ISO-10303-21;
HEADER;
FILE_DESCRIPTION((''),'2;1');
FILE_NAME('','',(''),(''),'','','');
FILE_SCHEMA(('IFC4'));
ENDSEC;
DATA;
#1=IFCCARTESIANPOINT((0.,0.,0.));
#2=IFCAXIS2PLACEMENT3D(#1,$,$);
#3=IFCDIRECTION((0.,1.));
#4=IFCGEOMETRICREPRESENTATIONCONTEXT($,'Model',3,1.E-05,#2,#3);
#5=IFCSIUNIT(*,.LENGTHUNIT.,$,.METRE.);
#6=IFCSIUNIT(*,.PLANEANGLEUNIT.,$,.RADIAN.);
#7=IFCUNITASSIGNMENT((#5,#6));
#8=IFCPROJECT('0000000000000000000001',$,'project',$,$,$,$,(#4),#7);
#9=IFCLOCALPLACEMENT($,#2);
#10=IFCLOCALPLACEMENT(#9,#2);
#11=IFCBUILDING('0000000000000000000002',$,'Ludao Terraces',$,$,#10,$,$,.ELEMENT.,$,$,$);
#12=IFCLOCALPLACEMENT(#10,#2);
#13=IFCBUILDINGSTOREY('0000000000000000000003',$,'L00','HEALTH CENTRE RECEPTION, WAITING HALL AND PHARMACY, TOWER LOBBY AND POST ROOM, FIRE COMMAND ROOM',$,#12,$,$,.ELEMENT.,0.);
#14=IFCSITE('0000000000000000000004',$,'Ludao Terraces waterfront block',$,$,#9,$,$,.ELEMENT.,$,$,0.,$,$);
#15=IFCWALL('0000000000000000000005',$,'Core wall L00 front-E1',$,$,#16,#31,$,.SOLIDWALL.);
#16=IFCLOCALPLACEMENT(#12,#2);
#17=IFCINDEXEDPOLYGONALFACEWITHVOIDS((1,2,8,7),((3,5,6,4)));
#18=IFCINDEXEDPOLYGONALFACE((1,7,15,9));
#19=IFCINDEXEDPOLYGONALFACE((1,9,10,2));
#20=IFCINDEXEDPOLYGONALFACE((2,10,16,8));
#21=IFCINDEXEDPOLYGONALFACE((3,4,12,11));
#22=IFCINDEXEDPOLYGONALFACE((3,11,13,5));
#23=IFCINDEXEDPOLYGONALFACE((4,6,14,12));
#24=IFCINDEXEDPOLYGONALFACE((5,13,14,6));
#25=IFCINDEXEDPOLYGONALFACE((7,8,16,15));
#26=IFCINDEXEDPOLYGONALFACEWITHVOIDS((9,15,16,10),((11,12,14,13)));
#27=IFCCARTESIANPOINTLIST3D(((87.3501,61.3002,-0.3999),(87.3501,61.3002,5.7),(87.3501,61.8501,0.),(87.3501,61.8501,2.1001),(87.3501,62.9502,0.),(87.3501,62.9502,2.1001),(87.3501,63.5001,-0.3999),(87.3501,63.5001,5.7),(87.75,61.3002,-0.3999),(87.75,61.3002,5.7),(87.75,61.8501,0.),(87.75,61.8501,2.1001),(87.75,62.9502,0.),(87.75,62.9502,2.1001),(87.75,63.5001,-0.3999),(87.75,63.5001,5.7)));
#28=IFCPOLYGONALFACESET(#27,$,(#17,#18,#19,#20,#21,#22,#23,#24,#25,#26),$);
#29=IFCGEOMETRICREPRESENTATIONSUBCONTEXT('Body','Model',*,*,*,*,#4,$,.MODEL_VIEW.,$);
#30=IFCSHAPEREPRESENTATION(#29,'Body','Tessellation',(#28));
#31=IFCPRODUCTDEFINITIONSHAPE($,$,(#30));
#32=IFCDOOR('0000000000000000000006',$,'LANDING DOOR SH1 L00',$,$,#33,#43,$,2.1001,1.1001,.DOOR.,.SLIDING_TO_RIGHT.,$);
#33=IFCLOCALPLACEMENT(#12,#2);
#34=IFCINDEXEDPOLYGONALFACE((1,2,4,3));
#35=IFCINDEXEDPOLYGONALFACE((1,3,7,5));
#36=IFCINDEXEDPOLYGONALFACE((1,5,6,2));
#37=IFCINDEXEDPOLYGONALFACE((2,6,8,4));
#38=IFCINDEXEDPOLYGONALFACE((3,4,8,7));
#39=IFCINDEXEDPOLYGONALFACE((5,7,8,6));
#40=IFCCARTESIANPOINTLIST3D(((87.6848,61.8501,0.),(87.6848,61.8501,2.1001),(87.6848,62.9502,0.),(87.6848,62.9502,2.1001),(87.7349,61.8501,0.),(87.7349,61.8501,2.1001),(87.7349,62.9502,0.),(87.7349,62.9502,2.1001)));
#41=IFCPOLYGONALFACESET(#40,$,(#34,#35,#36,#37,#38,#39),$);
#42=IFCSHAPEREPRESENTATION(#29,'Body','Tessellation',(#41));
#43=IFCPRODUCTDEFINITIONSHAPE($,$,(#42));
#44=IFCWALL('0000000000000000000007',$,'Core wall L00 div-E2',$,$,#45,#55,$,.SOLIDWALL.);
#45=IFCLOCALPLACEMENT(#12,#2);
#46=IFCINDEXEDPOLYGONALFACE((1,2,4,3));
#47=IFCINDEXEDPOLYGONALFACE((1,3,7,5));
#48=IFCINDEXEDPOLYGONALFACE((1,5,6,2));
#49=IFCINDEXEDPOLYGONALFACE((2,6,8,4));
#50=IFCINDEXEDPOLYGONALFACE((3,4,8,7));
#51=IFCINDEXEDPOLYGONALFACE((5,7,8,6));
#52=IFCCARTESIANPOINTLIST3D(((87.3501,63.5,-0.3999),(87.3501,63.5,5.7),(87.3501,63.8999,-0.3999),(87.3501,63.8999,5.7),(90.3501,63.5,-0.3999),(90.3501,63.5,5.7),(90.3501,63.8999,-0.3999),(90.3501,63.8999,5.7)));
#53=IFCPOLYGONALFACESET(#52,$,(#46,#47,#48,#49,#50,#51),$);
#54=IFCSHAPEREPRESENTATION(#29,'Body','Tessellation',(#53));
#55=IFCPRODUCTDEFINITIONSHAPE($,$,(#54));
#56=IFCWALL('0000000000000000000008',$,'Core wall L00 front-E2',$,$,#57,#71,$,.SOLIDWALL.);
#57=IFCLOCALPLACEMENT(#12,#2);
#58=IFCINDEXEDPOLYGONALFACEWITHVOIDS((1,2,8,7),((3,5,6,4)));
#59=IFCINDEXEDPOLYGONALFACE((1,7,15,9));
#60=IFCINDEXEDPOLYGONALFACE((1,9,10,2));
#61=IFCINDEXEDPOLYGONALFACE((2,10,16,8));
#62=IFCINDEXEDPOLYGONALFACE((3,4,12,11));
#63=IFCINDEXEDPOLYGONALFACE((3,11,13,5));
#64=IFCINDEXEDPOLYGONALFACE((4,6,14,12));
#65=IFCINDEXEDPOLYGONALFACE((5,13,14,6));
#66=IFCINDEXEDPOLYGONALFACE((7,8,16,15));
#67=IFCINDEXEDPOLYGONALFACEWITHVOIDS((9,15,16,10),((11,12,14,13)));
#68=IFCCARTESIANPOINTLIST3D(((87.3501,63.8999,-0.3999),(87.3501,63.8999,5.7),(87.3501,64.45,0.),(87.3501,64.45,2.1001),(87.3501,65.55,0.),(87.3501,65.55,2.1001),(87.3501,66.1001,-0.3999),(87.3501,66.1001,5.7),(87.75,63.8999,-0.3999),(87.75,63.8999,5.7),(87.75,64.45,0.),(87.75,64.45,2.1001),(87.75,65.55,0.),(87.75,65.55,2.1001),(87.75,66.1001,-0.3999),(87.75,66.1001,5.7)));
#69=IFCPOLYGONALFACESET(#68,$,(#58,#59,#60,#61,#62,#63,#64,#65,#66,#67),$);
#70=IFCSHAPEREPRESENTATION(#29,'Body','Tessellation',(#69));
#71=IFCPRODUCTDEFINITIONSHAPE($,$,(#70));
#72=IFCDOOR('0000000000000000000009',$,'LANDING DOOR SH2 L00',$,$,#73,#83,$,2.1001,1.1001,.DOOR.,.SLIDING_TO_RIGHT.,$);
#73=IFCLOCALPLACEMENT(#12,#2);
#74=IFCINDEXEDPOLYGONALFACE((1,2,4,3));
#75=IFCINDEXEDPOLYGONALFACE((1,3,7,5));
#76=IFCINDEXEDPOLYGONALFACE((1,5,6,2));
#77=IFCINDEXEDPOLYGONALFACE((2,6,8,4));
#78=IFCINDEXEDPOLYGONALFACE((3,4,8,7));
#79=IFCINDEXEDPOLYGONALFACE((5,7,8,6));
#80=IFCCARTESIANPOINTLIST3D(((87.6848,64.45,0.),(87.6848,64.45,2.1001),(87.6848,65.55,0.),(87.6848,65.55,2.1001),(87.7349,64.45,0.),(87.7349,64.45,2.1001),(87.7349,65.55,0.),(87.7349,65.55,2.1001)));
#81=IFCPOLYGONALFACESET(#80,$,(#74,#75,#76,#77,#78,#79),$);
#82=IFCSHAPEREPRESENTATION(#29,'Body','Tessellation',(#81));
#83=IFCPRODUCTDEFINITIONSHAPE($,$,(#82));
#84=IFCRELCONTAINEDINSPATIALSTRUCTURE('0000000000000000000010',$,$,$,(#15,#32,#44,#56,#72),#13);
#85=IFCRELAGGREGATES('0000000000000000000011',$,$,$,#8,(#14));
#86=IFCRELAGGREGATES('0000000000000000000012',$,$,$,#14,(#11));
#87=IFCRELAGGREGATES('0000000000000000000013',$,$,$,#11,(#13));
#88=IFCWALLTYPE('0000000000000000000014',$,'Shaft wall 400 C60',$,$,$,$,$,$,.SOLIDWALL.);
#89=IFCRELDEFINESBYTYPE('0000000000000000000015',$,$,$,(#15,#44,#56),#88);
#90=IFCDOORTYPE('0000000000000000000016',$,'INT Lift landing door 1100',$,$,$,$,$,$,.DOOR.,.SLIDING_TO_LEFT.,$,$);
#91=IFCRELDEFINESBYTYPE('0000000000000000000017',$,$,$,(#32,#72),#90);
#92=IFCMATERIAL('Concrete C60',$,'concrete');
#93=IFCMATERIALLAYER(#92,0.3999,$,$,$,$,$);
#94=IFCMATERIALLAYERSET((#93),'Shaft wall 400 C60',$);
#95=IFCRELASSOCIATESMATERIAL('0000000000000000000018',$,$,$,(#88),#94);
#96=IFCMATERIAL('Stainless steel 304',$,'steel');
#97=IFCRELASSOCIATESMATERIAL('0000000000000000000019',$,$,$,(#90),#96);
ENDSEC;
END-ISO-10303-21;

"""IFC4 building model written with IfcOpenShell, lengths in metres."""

from ifc_helpers import new_model, si_unit, direction, frame, frame_2d, origin, place, context, subcontext, project, spatial, rectangle, extrude, material, layer, layer_set, type_object, element, fill, save


model = new_model("IFC4")

# Units and contexts
model_context = context("Model", 3, precision=1e-05, world=origin(), true_north=direction((0.0, 1.0)))
body_context = subcontext(model_context, "Body", "Model", "MODEL_VIEW")
ifc_project = project(units=[si_unit("LENGTHUNIT", "METRE"), si_unit("PLANEANGLEUNIT", "RADIAN")], contexts=[model_context])

# Site, building, storey
site_placement = place(None, origin())
site = spatial("IfcSite", under=ifc_project, at=site_placement, Name="Ludao Terraces waterfront block", CompositionType="ELEMENT", RefElevation=0.0)
building_placement = place(site_placement, origin())
building = spatial("IfcBuilding", under=site, at=building_placement, Name="Ludao Terraces", CompositionType="ELEMENT")
storey_placement = place(building_placement, origin())
storey = spatial("IfcBuildingStorey", under=building, at=storey_placement, Name="L00", Description="HEALTH CENTRE RECEPTION, WAITING HALL AND PHARMACY, TOWER LOBBY AND POST ROOM, FIRE COMMAND ROOM", CompositionType="ELEMENT", Elevation=0.0)

# Shared definitions
ifc_material_1 = material(Name="Concrete C60", Category="concrete")
ifc_layer_1 = layer(ifc_material_1, 0.3999)
ifc_layer_set_1 = layer_set([ifc_layer_1], Name="Shaft wall 400 C60")
wall_type_1 = type_object("IfcWallType", Name="Shaft wall 400 C60", PredefinedType="SOLIDWALL", material=ifc_layer_set_1)

# Shared definitions
ifc_material_2 = material(Name="Stainless steel 304", Category="steel")
door_type_1 = type_object("IfcDoorType", Name="INT Lift landing door 1100", OperationType="SLIDING_TO_LEFT", PredefinedType="DOOR", material=ifc_material_2)

# Wall, opening, door
wall_1_placement = place(storey_placement, frame((87.55, 61.3, -0.3999), z_axis=(0.0, 0.0, 1.0), x_axis=(0.0, 1.0, 0.0)))
wall_1 = element("IfcWall", 1, at=wall_1_placement, inside=storey, type_object=wall_type_1, Name="Core wall L00 front-E1", PredefinedType="SOLIDWALL", context=body_context, shape_type="SweptSolid", body=[
    extrude(rectangle(XDim=2.2, YDim=0.3999, at=frame_2d((1.1001, 0.0))), origin(), (0.0, 0.0, 1.0), 6.0999),
])
opening_1_placement = place(wall_1_placement, frame((0.55, 0.0, 0.3999)))
opening_1 = element("IfcOpeningElement", 2, at=opening_1_placement, cuts=wall_1, PredefinedType="OPENING", context=body_context, shape_type="SweptSolid", body=[
    extrude(rectangle(XDim=1.1001, YDim=2.1001, at=frame_2d((0.55, 1.05))), frame((0.0, 0.21, 0.0), z_axis=(0.0, -1.0, 0.0), x_axis=(1.0, 0.0, 0.0)), (0.0, 0.0, 1.0), 0.4199),
])
door_1_placement = place(opening_1_placement, origin())
door_1 = element("IfcDoor", 3, at=door_1_placement, inside=storey, type_object=door_type_1, Name="LANDING DOOR SH1 L00", OperationType="SLIDING_TO_RIGHT", OverallHeight=2.1001, OverallWidth=1.1001, PredefinedType="DOOR", context=body_context, shape_type="SweptSolid", body=[
    extrude(rectangle(XDim=1.1001, YDim=2.1001, at=frame_2d((0.55, 1.05))), frame((0.0, -0.1348, 0.0), z_axis=(0.0, -1.0, 0.0), x_axis=(1.0, 0.0, 0.0)), (0.0, 0.0, 1.0), 0.05),
])
fill(opening_1, door_1)

# Wall
wall_2_placement = place(storey_placement, frame((87.3501, 63.7, -0.3999), z_axis=(0.0, 0.0, 1.0), x_axis=(1.0, 0.0, 0.0)))
element("IfcWall", 4, at=wall_2_placement, inside=storey, type_object=wall_type_1, Name="Core wall L00 div-E2", PredefinedType="SOLIDWALL", context=body_context, shape_type="SweptSolid", body=[
    extrude(rectangle(XDim=3.0, YDim=0.3999, at=frame_2d((1.5, 0.0))), origin(), (0.0, 0.0, 1.0), 6.0999),
])

# Wall, opening, door
wall_3_placement = place(storey_placement, frame((87.55, 63.8999, -0.3999), z_axis=(0.0, 0.0, 1.0), x_axis=(0.0, 1.0, 0.0)))
wall_3 = element("IfcWall", 5, at=wall_3_placement, inside=storey, type_object=wall_type_1, Name="Core wall L00 front-E2", PredefinedType="SOLIDWALL", context=body_context, shape_type="SweptSolid", body=[
    extrude(rectangle(XDim=2.2002, YDim=0.3999, at=frame_2d((1.1001, 0.0))), origin(), (0.0, 0.0, 1.0), 6.0999),
])
opening_2_placement = place(wall_3_placement, frame((0.55, 0.0, 0.3999)))
opening_2 = element("IfcOpeningElement", 6, at=opening_2_placement, cuts=wall_3, PredefinedType="OPENING", context=body_context, shape_type="SweptSolid", body=[
    extrude(rectangle(XDim=1.1001, YDim=2.1001, at=frame_2d((0.55, 1.05))), frame((0.0, 0.21, 0.0), z_axis=(0.0, -1.0, 0.0), x_axis=(1.0, 0.0, 0.0)), (0.0, 0.0, 1.0), 0.4199),
])
door_2_placement = place(opening_2_placement, origin())
door_2 = element("IfcDoor", 7, at=door_2_placement, inside=storey, type_object=door_type_1, Name="LANDING DOOR SH2 L00", OperationType="SLIDING_TO_RIGHT", OverallHeight=2.1001, OverallWidth=1.1001, PredefinedType="DOOR", context=body_context, shape_type="SweptSolid", body=[
    extrude(rectangle(XDim=1.1001, YDim=2.1001, at=frame_2d((0.55, 1.05))), frame((0.0, -0.1348, 0.0), z_axis=(0.0, -1.0, 0.0), x_axis=(1.0, 0.0, 0.0)), (0.0, 0.0, 1.0), 0.05),
])
fill(opening_2, door_2)

save(model, "model.ifc")
